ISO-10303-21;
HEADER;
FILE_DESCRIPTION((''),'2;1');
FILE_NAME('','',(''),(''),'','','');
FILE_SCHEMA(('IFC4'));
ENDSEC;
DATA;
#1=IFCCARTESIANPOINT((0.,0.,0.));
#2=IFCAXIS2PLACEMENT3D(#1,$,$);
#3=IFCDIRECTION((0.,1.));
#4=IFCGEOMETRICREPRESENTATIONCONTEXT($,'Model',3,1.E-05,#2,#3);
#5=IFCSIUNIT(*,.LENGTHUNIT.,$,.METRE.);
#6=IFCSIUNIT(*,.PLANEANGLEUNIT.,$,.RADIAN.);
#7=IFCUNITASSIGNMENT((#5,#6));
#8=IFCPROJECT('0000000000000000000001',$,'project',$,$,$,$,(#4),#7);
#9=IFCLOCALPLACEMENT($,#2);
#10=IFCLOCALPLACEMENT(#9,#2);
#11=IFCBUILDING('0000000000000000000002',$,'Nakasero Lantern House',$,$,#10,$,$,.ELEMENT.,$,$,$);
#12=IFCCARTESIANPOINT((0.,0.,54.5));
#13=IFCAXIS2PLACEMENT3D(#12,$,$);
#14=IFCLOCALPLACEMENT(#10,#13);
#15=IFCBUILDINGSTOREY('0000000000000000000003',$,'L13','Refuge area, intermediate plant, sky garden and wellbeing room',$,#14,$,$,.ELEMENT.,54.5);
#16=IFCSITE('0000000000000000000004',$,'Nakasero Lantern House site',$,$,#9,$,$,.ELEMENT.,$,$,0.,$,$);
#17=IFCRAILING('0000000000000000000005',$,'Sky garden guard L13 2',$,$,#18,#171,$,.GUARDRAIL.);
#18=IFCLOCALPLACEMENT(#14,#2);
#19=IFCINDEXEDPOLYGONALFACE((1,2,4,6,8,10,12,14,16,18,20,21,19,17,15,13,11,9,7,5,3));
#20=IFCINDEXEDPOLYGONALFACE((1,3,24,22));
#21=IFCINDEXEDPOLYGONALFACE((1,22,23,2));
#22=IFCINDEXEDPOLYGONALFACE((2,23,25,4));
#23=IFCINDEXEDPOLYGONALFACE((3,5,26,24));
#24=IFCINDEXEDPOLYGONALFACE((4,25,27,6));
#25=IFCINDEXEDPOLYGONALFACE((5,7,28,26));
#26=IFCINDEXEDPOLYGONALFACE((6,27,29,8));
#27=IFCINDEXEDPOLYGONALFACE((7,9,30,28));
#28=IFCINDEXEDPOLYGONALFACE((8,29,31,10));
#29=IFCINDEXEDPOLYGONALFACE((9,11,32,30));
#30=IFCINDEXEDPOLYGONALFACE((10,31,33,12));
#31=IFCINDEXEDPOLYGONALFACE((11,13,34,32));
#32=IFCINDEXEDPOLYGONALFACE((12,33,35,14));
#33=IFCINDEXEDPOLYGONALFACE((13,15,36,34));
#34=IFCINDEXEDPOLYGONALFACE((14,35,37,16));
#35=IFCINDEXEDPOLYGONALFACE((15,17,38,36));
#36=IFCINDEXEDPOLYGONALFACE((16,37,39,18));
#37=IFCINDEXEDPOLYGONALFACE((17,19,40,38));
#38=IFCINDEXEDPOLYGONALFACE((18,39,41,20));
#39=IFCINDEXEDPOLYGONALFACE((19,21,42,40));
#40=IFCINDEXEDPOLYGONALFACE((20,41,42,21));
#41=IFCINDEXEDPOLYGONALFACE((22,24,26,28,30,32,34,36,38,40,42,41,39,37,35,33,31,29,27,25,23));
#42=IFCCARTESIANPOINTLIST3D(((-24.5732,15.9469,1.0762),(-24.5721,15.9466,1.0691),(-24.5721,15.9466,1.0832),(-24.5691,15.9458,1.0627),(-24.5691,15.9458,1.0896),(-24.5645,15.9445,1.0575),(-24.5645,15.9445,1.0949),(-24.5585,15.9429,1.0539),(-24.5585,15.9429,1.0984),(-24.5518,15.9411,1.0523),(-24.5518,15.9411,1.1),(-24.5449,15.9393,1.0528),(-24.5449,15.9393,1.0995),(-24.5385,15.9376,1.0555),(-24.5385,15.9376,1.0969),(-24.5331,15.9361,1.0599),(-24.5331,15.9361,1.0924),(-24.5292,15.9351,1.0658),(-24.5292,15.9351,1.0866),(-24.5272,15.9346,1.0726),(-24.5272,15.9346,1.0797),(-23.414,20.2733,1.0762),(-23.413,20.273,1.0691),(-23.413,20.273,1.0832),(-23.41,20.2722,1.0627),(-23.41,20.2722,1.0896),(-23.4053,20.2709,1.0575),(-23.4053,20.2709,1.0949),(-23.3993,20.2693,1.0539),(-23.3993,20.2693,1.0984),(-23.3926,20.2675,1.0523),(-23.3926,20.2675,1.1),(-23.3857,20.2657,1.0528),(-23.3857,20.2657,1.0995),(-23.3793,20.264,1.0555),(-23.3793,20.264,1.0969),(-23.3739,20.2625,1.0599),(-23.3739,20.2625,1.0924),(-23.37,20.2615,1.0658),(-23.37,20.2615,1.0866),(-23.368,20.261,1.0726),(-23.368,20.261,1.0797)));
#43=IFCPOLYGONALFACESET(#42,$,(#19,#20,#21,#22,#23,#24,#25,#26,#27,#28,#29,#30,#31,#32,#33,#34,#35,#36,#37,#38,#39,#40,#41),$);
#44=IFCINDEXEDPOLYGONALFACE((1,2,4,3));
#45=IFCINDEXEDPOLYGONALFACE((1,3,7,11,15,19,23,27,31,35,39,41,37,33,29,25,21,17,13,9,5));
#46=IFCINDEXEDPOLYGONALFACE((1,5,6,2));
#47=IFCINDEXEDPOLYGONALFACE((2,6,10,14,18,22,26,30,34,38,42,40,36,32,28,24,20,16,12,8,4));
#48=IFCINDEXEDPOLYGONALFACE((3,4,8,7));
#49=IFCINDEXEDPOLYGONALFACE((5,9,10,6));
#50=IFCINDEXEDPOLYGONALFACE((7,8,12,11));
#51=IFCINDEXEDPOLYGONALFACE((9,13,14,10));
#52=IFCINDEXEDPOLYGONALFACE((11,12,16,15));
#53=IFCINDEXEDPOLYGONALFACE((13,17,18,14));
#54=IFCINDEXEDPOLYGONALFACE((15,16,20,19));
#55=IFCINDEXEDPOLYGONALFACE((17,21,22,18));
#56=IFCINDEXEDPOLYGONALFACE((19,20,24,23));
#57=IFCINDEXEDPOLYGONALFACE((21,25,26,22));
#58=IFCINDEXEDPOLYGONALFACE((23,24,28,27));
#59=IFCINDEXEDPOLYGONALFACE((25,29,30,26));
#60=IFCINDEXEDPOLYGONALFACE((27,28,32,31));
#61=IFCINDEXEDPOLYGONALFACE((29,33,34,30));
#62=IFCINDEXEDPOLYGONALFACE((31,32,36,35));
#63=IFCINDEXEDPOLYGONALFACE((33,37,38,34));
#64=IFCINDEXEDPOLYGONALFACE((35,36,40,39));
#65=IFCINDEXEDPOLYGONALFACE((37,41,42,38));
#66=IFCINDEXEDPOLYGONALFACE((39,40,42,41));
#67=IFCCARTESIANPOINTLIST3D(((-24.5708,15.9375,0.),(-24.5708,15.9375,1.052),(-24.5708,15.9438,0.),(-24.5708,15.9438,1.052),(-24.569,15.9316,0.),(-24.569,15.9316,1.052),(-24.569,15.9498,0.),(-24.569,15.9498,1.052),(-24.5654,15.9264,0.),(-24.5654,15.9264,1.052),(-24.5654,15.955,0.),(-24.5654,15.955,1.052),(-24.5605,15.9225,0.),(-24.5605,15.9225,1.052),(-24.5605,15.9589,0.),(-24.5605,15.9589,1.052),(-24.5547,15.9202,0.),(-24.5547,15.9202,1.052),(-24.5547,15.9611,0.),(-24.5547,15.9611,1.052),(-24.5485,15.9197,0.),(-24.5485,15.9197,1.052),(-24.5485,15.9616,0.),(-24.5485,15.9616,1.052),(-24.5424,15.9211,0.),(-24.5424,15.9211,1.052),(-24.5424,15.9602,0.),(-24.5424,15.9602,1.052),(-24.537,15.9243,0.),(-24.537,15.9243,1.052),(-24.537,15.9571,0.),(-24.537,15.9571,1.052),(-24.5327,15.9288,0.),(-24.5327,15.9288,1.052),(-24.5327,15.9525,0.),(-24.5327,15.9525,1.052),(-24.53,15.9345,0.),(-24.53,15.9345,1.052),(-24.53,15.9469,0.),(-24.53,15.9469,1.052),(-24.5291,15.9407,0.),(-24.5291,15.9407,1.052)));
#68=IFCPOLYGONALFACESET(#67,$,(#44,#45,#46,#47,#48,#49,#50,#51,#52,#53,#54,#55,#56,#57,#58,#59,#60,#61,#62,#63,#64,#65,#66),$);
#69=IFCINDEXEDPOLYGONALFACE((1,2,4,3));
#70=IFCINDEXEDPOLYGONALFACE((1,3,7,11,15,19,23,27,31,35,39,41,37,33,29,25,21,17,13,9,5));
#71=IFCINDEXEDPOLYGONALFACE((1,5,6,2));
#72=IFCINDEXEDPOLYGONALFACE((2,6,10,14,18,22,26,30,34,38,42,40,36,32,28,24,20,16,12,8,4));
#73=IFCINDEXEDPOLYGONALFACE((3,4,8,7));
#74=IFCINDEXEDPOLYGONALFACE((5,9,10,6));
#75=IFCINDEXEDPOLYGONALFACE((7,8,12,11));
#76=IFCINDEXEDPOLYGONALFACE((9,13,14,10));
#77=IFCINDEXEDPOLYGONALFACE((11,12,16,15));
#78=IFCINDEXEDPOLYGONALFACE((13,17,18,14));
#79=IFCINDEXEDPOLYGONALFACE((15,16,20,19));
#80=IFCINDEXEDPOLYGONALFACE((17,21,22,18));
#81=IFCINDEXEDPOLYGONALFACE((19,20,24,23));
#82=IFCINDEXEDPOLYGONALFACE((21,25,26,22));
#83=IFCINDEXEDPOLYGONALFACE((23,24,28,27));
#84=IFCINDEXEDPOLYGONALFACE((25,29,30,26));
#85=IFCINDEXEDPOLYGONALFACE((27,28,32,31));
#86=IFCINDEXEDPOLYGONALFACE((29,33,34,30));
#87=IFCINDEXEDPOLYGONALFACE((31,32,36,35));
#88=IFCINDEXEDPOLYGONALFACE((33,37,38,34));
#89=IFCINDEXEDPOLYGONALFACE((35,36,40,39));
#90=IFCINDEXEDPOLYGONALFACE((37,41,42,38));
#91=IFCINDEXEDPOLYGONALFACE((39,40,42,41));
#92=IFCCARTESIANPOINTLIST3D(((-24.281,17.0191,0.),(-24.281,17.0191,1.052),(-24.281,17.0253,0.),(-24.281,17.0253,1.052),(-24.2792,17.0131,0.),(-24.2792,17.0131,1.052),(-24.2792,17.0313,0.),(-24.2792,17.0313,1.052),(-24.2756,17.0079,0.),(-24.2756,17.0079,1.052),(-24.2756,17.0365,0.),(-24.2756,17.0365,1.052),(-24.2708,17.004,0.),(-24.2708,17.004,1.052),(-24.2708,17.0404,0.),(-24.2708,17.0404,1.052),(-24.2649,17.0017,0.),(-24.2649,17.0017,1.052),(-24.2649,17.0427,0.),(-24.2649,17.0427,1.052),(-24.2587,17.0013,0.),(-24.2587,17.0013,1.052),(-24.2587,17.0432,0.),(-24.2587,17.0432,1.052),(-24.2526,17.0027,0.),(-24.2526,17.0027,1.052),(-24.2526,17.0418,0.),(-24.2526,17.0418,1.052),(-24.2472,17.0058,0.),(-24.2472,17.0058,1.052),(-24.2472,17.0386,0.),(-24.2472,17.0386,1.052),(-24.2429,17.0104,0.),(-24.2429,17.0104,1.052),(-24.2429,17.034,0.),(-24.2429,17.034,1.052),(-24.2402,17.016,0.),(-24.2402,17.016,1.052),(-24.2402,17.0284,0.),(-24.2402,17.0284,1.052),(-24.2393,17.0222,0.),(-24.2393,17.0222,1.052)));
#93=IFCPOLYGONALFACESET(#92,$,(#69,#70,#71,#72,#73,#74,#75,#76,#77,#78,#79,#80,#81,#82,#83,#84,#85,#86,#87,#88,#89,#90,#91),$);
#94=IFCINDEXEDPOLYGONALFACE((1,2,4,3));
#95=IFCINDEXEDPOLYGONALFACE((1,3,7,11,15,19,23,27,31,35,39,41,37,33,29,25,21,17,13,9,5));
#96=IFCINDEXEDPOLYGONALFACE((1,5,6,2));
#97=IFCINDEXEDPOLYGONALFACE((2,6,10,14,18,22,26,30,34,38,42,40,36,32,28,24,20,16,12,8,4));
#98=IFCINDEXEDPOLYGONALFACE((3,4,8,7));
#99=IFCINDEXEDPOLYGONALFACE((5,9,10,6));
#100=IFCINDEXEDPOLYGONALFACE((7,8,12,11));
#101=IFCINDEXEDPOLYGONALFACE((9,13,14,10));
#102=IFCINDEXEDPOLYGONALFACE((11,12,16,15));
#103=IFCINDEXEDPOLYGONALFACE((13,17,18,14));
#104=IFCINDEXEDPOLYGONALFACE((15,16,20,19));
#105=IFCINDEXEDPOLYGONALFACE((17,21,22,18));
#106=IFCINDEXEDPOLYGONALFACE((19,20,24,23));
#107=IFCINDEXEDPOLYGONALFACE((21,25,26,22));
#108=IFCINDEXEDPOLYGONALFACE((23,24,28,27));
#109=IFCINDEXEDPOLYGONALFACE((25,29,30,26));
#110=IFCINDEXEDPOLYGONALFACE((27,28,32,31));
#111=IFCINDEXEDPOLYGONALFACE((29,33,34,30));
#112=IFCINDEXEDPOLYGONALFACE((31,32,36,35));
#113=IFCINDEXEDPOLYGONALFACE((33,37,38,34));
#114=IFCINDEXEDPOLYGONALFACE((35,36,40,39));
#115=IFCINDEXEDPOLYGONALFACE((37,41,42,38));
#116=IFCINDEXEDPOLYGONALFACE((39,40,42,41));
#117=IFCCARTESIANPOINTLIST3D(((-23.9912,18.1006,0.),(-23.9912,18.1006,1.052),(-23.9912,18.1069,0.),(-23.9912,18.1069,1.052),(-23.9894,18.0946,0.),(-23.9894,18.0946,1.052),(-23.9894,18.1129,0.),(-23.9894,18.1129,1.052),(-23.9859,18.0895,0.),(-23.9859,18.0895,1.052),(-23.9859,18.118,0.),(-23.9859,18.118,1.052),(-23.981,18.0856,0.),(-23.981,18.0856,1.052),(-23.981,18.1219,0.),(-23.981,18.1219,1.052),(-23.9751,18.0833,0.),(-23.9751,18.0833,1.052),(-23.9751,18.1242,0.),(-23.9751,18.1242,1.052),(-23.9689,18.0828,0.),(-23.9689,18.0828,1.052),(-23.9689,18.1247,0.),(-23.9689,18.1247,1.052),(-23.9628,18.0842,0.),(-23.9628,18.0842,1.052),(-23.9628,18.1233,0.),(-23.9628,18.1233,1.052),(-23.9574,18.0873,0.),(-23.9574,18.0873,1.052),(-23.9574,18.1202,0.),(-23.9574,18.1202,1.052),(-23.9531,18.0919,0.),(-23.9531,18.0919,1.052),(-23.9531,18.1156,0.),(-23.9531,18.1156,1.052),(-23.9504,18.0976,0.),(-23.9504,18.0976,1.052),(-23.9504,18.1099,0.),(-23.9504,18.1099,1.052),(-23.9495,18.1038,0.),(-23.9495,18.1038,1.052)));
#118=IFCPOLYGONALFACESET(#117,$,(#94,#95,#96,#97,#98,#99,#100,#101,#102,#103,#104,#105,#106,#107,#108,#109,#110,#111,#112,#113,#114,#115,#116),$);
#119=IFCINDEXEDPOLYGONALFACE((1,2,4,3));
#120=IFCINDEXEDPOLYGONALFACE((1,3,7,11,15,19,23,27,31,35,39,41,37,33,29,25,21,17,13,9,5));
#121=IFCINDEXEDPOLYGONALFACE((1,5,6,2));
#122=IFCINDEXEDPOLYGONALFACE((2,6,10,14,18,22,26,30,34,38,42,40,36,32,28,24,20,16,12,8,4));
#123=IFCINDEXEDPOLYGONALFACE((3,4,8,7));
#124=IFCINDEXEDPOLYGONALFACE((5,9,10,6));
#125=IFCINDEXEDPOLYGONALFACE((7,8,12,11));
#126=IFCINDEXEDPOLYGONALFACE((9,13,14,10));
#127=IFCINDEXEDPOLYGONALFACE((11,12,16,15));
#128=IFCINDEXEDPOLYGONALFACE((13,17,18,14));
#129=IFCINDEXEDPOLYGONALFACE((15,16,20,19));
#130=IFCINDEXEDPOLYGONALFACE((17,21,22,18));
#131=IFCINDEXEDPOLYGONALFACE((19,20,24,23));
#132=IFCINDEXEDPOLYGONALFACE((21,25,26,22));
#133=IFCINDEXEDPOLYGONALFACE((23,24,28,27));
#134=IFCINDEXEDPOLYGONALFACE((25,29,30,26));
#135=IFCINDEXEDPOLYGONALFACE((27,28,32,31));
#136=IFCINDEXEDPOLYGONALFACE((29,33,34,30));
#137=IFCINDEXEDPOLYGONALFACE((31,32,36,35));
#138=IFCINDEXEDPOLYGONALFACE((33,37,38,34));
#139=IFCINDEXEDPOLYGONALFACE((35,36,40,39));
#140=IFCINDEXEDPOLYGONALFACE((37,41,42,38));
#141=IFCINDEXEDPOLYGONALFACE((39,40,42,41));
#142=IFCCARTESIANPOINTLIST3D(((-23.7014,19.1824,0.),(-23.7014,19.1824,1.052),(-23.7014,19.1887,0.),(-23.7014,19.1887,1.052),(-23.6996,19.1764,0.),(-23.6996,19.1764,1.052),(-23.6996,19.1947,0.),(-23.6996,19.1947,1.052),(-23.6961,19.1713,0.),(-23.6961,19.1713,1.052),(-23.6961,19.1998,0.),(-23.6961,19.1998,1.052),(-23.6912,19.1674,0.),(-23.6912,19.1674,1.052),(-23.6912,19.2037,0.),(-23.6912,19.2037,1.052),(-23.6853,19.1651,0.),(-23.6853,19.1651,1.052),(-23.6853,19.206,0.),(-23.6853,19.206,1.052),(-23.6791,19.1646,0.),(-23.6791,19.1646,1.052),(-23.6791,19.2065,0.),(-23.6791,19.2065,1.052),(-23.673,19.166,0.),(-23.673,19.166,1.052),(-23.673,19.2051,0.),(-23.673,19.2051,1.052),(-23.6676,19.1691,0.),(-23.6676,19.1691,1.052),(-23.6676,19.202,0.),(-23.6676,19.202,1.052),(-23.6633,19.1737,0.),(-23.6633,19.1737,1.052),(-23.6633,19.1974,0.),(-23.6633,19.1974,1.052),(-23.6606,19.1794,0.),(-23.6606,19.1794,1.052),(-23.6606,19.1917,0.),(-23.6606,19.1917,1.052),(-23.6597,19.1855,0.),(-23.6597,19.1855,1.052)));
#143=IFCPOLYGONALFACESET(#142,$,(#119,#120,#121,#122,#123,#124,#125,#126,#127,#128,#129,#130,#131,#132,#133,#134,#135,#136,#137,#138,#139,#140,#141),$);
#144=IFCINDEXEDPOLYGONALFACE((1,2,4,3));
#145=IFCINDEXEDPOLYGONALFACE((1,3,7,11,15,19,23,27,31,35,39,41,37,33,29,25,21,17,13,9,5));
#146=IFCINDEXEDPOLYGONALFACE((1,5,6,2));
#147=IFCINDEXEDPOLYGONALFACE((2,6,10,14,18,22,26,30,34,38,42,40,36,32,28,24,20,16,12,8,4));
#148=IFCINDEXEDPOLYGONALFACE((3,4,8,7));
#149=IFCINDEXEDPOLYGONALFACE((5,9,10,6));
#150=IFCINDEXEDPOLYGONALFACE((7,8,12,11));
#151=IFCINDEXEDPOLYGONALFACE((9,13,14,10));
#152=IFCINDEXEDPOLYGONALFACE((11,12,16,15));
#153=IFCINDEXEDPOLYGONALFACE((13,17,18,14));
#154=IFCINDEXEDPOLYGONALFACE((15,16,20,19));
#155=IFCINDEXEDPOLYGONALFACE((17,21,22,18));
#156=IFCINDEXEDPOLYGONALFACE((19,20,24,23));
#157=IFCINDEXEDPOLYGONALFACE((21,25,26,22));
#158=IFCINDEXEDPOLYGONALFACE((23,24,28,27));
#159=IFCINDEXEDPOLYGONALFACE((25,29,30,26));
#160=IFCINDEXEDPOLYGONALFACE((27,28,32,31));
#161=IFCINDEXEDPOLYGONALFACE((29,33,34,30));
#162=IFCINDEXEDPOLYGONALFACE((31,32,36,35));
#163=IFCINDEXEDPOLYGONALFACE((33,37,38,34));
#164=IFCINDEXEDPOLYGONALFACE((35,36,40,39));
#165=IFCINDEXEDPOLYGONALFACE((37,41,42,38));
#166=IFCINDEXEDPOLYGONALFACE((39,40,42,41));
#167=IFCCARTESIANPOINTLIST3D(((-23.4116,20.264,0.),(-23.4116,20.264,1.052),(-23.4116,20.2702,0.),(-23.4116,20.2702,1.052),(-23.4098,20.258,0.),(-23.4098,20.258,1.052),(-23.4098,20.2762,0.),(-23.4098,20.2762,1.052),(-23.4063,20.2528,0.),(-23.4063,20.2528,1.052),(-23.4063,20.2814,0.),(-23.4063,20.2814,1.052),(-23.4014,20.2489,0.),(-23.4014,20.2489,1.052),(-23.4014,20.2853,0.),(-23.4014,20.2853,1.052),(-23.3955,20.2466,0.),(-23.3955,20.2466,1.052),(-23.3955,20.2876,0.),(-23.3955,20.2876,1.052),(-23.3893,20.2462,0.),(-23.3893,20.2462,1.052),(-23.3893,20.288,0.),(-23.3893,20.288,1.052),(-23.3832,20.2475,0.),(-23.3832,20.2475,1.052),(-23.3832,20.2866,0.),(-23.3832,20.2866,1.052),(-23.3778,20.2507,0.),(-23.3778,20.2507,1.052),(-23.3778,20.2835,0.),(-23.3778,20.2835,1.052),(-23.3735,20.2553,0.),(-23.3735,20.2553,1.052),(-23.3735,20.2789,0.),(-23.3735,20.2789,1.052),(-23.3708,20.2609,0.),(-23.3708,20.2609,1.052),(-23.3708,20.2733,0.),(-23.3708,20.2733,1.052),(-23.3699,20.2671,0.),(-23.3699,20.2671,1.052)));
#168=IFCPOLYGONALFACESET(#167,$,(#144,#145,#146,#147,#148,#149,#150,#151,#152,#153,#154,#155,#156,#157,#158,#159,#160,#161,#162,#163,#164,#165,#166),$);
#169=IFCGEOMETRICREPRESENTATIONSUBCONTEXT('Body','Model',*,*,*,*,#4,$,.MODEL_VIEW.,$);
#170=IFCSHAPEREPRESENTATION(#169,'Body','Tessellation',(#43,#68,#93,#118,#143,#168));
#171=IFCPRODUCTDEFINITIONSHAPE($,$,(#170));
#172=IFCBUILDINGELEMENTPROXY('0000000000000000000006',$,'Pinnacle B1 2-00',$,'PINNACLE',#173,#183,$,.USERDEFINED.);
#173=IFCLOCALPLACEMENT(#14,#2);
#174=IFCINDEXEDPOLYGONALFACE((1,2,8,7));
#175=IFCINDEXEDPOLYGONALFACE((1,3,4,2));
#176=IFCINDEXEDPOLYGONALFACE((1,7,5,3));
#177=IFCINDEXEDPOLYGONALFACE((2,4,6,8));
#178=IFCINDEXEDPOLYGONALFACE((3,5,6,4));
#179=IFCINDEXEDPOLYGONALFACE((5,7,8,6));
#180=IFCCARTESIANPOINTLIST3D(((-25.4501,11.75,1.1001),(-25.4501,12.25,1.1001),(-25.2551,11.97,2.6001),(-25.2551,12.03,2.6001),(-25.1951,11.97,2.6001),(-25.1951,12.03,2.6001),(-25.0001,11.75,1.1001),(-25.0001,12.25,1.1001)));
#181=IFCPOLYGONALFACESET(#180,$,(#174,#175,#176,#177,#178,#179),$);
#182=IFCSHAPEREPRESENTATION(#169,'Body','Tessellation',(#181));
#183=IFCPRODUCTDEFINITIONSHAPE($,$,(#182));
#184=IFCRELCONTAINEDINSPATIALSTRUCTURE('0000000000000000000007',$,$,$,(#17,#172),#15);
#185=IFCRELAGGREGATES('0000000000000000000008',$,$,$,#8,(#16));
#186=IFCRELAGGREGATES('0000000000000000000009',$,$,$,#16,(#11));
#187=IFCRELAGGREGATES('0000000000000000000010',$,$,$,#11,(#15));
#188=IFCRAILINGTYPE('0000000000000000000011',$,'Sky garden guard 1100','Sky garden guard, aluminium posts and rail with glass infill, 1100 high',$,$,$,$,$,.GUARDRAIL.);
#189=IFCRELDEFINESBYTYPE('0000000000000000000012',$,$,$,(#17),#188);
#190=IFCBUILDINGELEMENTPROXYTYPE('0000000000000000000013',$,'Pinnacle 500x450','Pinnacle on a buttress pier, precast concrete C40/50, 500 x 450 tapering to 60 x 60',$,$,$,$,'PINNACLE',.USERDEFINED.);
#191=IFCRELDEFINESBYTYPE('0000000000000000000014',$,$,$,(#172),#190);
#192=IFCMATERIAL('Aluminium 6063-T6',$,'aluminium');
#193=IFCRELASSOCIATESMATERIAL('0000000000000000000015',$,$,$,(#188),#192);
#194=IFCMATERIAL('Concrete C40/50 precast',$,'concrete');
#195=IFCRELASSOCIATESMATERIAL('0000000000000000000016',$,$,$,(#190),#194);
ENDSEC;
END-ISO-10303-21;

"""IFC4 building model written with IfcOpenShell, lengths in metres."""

from ifc_helpers import new_model, entity, si_unit, direction, frame, origin, origin_2d, place, context, subcontext, project, spatial, circle, extrude, material, type_object, element, save


model = new_model("IFC4")

# Units and contexts
model_context = context("Model", 3, precision=1e-05, world=origin(), true_north=direction((0.0, 1.0)))
body_context = subcontext(model_context, "Body", "Model", "MODEL_VIEW")
ifc_project = project(units=[si_unit("LENGTHUNIT", "METRE"), si_unit("PLANEANGLEUNIT", "RADIAN")], contexts=[model_context])

# Site, building, storey
site_placement = place(None, origin())
site = spatial("IfcSite", under=ifc_project, at=site_placement, Name="Nakasero Lantern House site", CompositionType="ELEMENT", RefElevation=0.0)
building_placement = place(site_placement, origin())
building = spatial("IfcBuilding", under=site, at=building_placement, Name="Nakasero Lantern House", CompositionType="ELEMENT")
storey_placement = place(building_placement, frame((0.0, 0.0, 54.5)))
storey = spatial("IfcBuildingStorey", under=building, at=storey_placement, Name="L13", Description="Refuge area, intermediate plant, sky garden and wellbeing room", CompositionType="ELEMENT", Elevation=54.5)

# Railing
ifc_material_1 = material(Name="Aluminium 6063-T6", Category="aluminium")
railing_type = type_object("IfcRailingType", Name="Sky garden guard 1100", Description="Sky garden guard, aluminium posts and rail with glass infill, 1100 high", PredefinedType="GUARDRAIL", material=ifc_material_1)
railing_placement = place(storey_placement, frame((-24.55, 15.9407, 0.0)))
element("IfcRailing", 1, at=railing_placement, inside=storey, type_object=railing_type, Name="Sky garden guard L13 2", PredefinedType="GUARDRAIL", context=body_context, shape_type="SweptSolid", body=[
    extrude(circle(Radius=0.0239, at=origin_2d()), frame((0.0, 0.0, 1.0762), z_axis=(0.258802, 0.96593, 0.0), x_axis=(-0.96593, 0.258802, 0.0)), (0.0, 0.0, 1.0), 4.479),
    extrude(circle(Radius=0.021, at=origin_2d()), origin(), (0.0, 0.0, 1.0), 1.052),
    extrude(circle(Radius=0.021, at=origin_2d()), frame((0.2898, 1.0815, 0.0)), (0.0, 0.0, 1.0), 1.052),
    extrude(circle(Radius=0.021, at=origin_2d()), frame((0.5796, 2.1631, 0.0)), (0.0, 0.0, 1.0), 1.052),
    extrude(circle(Radius=0.021, at=origin_2d()), frame((0.8694, 3.2449, 0.0)), (0.0, 0.0, 1.0), 1.052),
    extrude(circle(Radius=0.021, at=origin_2d()), frame((1.1592, 4.3264, 0.0)), (0.0, 0.0, 1.0), 1.052),
])

# Building element proxy
ifc_material_2 = material(Name="Concrete C40/50 precast", Category="concrete")
building_element_proxy_type = type_object("IfcBuildingElementProxyType", Name="Pinnacle 500x450", Description="Pinnacle on a buttress pier, precast concrete C40/50, 500 x 450 tapering to 60 x 60", ElementType="PINNACLE", PredefinedType="USERDEFINED", material=ifc_material_2)
proxy_placement = place(storey_placement, frame((-25.2251, 12.0, 1.1001), z_axis=(0.0, 0.0, 1.0), x_axis=(-1.0, 0.0, 0.0)))
element("IfcBuildingElementProxy", 2, at=proxy_placement, inside=storey, type_object=building_element_proxy_type, Name="Pinnacle B1 2-00", ObjectType="PINNACLE", PredefinedType="USERDEFINED", context=body_context, shape_type="SweptSolid", body=[
    entity("IfcExtrudedAreaSolidTapered", entity("IfcRectangleProfileDef", "AREA", None, entity("IfcAxis2Placement2D", entity("IfcCartesianPoint", [0.0, 0.0])), 0.45, 0.5), entity("IfcAxis2Placement3D", entity("IfcCartesianPoint", [0.0, 0.0, 0.0])), entity("IfcDirection", [0.0, 0.0, 1.0]), 1.5, entity("IfcRectangleProfileDef", "AREA", None, entity("IfcAxis2Placement2D", entity("IfcCartesianPoint", [0.0, 0.0])), 0.0601, 0.0601)),
])

save(model, "model.ifc")
